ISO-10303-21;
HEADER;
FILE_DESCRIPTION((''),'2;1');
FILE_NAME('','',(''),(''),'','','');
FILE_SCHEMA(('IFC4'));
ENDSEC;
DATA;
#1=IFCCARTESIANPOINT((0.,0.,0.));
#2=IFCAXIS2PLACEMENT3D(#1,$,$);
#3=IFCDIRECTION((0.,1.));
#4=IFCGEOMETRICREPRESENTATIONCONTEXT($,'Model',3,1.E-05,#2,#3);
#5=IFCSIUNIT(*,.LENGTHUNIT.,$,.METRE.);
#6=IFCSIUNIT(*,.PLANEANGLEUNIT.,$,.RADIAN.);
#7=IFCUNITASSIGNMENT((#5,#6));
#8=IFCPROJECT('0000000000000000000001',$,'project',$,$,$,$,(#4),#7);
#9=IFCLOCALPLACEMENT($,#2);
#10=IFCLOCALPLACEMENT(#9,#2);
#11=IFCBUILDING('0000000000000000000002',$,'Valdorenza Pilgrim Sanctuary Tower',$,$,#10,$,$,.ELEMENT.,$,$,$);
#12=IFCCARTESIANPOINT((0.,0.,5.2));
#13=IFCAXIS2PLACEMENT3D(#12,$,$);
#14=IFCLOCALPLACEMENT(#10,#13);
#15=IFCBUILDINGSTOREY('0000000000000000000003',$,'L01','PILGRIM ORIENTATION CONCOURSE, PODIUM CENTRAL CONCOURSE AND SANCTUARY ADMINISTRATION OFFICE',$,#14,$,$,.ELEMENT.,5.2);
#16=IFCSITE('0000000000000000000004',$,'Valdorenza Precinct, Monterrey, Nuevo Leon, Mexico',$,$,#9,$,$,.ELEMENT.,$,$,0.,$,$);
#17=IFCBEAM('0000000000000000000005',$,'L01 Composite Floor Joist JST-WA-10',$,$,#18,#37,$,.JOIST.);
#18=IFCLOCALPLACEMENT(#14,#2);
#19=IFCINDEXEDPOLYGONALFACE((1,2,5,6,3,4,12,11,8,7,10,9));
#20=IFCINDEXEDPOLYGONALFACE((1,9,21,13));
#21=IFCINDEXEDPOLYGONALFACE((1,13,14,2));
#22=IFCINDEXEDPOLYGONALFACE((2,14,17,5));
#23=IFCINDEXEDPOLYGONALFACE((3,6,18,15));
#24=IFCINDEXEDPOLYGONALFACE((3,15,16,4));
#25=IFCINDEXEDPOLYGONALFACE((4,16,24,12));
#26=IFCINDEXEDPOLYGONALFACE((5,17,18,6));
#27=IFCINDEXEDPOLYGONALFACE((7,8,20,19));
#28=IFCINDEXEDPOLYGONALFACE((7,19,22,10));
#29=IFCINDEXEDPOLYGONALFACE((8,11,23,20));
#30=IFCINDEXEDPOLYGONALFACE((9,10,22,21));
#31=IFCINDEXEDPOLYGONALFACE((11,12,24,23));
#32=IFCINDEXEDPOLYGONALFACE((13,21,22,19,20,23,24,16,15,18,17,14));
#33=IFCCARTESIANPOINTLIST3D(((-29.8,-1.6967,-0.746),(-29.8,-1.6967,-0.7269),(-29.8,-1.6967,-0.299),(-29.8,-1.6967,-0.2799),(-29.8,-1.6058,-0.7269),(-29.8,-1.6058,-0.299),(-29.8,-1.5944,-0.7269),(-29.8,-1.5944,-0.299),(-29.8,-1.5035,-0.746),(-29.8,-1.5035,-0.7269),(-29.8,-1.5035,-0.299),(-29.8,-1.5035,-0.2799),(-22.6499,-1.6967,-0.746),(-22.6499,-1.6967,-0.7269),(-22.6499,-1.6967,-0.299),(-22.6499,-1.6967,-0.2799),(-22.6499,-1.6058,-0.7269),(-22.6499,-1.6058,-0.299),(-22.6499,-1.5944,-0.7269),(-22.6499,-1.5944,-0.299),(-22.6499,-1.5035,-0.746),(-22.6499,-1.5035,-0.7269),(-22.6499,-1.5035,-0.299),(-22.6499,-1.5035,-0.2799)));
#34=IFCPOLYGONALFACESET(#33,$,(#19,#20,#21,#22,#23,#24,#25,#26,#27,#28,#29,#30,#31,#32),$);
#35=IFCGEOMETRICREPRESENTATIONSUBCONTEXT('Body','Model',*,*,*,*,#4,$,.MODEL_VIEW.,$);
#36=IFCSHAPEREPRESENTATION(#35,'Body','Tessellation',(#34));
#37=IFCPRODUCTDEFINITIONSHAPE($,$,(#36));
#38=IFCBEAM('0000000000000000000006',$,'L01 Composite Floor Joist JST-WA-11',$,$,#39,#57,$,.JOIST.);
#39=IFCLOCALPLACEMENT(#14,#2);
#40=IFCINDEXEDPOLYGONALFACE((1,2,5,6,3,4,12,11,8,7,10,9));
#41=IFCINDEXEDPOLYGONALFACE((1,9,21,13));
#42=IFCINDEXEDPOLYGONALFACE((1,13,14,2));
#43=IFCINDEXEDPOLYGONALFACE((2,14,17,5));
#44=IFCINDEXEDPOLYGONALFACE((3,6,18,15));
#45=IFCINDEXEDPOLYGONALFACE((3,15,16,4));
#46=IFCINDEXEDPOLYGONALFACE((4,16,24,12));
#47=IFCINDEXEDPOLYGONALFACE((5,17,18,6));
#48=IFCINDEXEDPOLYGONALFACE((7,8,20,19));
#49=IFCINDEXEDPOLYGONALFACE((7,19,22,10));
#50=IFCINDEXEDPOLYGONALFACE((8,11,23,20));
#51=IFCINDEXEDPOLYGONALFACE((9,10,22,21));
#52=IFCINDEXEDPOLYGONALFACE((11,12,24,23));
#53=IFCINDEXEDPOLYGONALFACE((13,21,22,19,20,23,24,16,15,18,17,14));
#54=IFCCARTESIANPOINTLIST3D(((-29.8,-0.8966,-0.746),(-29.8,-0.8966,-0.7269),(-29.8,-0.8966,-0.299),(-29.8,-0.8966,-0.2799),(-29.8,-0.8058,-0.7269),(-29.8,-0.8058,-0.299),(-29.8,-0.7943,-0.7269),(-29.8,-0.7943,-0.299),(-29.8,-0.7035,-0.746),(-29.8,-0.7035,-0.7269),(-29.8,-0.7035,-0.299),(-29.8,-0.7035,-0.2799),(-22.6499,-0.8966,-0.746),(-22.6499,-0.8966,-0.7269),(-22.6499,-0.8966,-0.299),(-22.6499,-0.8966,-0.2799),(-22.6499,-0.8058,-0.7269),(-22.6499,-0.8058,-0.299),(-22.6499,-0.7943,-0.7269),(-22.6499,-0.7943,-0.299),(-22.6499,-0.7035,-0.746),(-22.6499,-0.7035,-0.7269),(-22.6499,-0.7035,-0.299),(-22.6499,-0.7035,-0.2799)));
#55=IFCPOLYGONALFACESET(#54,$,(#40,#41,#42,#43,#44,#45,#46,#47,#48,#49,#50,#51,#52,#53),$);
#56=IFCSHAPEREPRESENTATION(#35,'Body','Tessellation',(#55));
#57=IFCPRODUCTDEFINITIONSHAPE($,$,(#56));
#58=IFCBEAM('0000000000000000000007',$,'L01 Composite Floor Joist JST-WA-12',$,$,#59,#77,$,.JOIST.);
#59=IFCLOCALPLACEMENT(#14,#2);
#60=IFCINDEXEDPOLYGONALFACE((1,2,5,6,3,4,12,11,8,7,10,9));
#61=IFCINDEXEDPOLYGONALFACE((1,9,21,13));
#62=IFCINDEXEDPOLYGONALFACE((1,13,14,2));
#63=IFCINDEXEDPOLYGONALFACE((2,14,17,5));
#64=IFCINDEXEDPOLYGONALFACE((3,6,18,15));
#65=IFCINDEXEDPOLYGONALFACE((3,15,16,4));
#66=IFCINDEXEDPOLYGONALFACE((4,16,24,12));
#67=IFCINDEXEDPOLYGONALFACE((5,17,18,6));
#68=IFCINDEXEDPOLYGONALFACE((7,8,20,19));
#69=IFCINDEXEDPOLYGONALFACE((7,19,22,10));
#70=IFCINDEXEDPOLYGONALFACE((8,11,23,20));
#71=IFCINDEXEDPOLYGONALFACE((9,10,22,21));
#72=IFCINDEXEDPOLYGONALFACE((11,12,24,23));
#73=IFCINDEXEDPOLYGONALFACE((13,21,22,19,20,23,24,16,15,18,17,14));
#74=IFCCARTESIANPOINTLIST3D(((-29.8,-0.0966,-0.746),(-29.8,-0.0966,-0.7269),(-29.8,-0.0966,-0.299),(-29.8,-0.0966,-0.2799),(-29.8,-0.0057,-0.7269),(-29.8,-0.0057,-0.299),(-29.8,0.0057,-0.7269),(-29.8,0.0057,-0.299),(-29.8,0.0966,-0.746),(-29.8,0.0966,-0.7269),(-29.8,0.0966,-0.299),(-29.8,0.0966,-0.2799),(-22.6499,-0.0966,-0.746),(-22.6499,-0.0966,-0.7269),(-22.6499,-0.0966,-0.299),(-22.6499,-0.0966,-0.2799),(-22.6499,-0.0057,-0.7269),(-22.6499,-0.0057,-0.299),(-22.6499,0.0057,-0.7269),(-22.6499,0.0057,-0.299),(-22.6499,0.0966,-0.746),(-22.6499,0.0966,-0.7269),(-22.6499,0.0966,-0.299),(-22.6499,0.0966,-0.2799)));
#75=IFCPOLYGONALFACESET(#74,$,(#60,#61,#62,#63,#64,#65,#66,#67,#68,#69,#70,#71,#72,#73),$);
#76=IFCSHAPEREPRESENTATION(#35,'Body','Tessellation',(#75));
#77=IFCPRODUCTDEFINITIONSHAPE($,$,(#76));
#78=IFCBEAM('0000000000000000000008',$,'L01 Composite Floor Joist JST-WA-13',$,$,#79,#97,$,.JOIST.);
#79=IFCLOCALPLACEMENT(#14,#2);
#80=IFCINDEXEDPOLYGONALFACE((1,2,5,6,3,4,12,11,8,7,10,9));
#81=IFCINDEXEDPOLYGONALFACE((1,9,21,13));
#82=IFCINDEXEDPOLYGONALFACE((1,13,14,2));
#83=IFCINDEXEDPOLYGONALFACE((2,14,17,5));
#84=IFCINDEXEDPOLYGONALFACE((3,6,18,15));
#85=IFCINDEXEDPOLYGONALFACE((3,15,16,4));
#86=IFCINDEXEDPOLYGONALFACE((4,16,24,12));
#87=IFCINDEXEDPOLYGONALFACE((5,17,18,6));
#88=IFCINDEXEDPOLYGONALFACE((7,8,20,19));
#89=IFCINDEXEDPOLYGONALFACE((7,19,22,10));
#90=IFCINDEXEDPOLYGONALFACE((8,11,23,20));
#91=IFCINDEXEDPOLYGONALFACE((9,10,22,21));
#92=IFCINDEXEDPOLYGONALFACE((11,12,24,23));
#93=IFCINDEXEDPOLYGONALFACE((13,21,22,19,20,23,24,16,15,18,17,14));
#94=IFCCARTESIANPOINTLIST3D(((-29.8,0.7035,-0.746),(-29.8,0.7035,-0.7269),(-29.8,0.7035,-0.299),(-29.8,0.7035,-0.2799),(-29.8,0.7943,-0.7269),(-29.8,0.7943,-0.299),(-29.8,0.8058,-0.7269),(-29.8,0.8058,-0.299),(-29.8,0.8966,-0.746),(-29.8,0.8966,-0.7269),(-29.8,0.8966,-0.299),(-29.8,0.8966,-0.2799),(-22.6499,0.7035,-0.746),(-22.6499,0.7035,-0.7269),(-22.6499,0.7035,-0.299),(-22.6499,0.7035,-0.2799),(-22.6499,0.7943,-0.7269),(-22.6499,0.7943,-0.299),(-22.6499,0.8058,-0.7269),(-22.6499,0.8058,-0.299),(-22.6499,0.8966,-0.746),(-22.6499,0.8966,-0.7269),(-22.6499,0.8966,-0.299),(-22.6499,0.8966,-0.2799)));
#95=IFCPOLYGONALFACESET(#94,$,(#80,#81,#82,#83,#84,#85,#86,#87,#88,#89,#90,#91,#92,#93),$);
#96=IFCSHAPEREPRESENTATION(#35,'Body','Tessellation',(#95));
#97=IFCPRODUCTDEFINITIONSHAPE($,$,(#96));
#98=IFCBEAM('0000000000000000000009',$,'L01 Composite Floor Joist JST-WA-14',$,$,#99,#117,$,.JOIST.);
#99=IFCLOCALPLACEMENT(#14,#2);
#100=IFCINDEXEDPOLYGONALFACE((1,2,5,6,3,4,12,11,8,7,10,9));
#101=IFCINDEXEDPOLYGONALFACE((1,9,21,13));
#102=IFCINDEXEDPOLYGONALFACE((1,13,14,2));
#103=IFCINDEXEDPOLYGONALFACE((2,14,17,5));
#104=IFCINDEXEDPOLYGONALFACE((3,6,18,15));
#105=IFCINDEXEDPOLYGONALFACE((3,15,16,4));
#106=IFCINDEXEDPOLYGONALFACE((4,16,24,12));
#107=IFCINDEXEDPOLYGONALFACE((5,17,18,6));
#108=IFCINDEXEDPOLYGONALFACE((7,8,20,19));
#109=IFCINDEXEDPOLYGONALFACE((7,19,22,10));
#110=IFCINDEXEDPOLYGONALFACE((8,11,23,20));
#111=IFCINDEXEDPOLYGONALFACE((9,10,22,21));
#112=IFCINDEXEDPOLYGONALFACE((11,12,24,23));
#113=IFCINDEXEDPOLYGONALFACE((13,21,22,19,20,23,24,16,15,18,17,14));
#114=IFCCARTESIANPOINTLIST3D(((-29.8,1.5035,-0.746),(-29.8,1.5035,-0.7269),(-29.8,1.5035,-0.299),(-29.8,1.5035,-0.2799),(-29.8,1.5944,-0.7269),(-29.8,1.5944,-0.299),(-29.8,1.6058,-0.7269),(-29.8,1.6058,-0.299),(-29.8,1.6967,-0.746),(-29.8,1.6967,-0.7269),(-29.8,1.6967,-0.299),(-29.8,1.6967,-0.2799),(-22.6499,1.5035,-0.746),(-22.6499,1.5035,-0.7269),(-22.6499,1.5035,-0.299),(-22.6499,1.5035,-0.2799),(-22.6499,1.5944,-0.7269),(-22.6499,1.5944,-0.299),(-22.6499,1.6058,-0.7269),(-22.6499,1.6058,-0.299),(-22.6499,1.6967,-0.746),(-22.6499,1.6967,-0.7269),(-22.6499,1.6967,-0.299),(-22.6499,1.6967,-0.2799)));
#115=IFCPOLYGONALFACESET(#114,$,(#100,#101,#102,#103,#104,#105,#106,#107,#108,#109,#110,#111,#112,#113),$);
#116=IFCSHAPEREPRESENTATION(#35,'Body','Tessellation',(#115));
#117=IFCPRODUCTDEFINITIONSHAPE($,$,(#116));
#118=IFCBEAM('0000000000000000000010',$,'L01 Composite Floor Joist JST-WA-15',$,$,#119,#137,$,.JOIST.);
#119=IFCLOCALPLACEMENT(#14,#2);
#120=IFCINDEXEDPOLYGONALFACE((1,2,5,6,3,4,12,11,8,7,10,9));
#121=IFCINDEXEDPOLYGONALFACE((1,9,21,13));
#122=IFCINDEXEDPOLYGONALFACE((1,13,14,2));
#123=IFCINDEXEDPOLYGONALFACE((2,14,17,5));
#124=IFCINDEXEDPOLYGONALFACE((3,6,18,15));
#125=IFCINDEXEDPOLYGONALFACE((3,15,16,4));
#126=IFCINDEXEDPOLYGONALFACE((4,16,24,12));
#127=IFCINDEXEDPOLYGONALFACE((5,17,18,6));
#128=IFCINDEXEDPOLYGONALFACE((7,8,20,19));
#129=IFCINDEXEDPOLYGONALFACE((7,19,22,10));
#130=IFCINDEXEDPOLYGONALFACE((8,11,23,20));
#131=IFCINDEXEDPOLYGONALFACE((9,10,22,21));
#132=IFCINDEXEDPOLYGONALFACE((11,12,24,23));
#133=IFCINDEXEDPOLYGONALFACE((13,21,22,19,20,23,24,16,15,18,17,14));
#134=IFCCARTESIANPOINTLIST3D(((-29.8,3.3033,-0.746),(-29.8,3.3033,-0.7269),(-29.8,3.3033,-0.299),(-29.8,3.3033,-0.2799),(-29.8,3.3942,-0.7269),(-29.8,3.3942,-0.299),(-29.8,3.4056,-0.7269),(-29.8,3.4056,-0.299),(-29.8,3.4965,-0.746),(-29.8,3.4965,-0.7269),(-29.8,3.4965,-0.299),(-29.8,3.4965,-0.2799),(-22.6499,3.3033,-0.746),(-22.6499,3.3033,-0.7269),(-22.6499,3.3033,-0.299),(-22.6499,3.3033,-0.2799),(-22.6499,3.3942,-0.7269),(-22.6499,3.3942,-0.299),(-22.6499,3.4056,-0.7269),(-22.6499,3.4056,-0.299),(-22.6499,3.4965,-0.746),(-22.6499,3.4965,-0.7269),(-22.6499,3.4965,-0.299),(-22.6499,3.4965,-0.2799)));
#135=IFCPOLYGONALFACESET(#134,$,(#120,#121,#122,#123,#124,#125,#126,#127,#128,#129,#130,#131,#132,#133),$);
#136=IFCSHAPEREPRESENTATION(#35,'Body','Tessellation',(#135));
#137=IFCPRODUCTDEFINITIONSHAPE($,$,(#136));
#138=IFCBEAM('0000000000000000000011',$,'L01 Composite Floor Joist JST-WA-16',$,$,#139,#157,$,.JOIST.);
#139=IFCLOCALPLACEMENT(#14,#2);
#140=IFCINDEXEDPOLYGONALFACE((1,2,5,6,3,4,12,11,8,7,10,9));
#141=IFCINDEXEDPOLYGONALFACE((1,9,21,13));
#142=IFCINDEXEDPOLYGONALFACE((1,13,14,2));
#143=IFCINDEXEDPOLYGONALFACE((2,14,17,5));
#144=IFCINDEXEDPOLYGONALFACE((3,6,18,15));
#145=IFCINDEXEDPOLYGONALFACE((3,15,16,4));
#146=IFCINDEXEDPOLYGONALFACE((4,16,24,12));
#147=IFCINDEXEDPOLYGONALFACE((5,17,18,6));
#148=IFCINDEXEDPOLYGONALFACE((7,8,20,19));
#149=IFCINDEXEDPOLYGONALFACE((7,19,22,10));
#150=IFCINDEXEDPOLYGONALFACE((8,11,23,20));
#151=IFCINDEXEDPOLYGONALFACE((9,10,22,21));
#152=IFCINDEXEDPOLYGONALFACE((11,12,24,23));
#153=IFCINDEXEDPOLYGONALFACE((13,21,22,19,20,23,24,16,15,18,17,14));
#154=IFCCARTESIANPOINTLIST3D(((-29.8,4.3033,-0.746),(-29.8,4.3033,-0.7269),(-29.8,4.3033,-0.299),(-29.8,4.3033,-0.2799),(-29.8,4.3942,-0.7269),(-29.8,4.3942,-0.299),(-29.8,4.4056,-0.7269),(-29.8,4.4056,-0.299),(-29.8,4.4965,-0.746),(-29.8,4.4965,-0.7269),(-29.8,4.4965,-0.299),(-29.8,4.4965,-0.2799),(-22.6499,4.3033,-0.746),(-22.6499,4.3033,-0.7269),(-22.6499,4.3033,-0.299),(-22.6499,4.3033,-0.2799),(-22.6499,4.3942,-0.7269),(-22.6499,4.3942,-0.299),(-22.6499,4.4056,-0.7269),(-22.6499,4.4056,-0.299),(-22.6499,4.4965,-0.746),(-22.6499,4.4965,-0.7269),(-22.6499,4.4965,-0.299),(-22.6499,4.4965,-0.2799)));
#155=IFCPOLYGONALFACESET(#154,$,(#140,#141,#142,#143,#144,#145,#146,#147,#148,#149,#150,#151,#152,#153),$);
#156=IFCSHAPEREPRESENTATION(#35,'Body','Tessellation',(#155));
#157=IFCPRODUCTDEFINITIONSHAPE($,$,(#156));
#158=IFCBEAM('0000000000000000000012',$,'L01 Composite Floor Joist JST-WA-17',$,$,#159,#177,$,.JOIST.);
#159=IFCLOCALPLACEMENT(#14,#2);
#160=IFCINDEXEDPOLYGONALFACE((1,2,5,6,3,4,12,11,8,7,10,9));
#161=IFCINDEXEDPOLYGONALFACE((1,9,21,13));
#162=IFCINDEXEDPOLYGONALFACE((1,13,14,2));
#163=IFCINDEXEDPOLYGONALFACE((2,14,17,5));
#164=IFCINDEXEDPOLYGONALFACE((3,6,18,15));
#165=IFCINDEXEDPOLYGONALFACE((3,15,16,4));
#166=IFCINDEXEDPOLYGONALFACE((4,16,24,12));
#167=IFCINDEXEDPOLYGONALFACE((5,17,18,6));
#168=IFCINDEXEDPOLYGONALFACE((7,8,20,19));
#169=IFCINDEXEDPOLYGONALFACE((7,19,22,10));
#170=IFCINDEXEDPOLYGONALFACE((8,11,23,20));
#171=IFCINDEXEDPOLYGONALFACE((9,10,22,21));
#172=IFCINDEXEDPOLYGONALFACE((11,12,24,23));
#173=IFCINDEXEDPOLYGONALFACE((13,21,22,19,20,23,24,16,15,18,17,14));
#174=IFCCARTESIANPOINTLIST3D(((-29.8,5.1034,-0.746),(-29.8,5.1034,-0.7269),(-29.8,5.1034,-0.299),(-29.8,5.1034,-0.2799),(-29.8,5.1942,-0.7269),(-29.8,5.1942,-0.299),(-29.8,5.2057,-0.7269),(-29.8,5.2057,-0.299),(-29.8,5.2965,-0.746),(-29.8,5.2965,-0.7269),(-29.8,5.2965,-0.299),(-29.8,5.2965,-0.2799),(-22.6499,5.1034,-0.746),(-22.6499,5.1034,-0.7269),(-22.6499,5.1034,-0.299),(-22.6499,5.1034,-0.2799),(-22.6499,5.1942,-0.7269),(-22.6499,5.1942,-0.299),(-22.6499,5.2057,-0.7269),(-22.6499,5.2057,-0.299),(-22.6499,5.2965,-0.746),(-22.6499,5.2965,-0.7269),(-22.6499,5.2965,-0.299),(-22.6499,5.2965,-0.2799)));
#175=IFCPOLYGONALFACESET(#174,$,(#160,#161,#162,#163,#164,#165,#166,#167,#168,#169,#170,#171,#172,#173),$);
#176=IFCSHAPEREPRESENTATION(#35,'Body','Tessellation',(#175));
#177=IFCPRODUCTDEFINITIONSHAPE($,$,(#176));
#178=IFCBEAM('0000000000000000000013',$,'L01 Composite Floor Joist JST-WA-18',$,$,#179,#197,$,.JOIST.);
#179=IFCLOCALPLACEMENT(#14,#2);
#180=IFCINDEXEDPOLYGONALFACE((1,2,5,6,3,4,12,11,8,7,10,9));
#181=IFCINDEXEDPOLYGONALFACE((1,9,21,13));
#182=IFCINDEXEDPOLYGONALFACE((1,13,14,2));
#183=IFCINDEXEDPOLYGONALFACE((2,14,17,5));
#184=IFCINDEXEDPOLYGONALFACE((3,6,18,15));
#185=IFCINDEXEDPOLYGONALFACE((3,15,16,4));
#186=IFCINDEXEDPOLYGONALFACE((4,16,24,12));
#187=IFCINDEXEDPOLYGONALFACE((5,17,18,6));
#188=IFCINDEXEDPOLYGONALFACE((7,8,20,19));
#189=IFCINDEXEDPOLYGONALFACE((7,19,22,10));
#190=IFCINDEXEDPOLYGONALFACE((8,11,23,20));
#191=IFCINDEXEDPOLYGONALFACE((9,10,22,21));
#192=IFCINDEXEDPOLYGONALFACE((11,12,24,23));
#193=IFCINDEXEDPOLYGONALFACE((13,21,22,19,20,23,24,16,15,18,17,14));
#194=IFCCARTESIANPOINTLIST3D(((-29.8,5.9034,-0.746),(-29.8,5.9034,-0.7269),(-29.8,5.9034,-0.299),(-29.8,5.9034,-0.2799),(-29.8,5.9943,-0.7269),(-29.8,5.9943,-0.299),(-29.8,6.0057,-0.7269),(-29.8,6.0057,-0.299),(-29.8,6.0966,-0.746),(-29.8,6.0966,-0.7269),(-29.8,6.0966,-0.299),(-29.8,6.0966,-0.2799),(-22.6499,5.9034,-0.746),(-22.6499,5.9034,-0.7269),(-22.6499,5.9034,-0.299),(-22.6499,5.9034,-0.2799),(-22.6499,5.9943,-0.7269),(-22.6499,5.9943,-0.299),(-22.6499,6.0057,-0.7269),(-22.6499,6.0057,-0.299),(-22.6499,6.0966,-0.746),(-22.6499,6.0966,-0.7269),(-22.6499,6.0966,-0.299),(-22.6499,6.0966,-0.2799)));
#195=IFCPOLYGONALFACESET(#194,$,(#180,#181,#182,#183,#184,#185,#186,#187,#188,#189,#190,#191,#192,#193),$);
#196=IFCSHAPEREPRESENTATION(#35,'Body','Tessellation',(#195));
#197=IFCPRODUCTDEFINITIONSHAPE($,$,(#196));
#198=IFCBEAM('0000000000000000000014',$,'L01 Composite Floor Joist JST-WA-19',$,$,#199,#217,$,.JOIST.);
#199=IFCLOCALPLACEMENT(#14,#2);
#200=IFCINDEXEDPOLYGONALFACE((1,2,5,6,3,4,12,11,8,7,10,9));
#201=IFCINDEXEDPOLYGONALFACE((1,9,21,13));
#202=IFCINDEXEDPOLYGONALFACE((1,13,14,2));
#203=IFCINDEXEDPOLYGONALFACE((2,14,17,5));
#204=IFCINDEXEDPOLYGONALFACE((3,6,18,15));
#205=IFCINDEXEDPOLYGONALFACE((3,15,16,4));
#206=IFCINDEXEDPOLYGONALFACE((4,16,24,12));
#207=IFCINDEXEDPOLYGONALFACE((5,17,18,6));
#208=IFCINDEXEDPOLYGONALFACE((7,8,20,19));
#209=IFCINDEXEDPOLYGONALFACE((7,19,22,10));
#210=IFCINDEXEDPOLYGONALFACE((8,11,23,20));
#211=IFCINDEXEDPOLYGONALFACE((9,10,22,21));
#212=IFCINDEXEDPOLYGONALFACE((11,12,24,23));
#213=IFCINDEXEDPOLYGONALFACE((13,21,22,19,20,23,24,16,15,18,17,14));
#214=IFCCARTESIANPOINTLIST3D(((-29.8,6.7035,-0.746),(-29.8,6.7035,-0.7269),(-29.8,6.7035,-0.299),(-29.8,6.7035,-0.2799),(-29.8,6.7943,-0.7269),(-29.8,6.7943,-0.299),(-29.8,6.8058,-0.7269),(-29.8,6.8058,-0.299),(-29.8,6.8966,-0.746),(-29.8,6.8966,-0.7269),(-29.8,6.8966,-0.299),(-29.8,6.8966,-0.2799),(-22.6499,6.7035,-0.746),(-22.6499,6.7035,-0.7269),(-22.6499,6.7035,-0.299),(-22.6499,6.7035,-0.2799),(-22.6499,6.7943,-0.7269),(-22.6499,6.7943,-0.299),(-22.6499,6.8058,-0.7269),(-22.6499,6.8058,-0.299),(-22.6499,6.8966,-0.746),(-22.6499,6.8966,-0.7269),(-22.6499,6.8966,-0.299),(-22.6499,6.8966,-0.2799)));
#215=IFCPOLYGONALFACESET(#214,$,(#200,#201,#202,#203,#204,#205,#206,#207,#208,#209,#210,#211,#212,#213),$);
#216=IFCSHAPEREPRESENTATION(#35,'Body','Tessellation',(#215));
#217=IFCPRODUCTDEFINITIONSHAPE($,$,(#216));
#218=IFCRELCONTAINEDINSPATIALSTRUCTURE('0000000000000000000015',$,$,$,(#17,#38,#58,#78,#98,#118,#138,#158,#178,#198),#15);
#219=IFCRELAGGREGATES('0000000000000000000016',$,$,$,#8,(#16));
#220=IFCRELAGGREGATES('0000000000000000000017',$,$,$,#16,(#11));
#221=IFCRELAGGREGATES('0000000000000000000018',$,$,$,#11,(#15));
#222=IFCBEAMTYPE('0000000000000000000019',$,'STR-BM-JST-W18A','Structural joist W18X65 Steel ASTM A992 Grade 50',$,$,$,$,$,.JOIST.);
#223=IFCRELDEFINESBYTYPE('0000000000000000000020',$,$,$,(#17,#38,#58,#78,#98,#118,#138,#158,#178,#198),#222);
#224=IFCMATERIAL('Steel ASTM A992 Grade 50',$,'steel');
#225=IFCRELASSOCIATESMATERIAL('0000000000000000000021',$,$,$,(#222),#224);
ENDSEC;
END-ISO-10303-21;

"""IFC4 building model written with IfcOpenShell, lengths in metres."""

from ifc_helpers import new_model, si_unit, direction, frame, origin, origin_2d, place, context, subcontext, project, spatial, i_section, extrude, source, transform, mapped, material, material_profile, profile_set, type_object, element, save


model = new_model("IFC4")

# Units and contexts
model_context = context("Model", 3, precision=1e-05, world=origin(), true_north=direction((0.0, 1.0)))
body_context = subcontext(model_context, "Body", "Model", "MODEL_VIEW")
ifc_project = project(units=[si_unit("LENGTHUNIT", "METRE"), si_unit("PLANEANGLEUNIT", "RADIAN")], contexts=[model_context])

# Site, building, storey
site_placement = place(None, origin())
site = spatial("IfcSite", under=ifc_project, at=site_placement, Name="Valdorenza Precinct, Monterrey, Nuevo Leon, Mexico", CompositionType="ELEMENT", RefElevation=0.0)
building_placement = place(site_placement, origin())
building = spatial("IfcBuilding", under=site, at=building_placement, Name="Valdorenza Pilgrim Sanctuary Tower", CompositionType="ELEMENT")
storey_placement = place(building_placement, frame((0.0, 0.0, 5.2)))
storey = spatial("IfcBuildingStorey", under=building, at=storey_placement, Name="L01", Description="PILGRIM ORIENTATION CONCOURSE, PODIUM CENTRAL CONCOURSE AND SANCTUARY ADMINISTRATION OFFICE", CompositionType="ELEMENT", Elevation=5.2)

# Beams
ifc_material_1 = material(Name="Steel ASTM A992 Grade 50", Category="steel")
ifc_material_profile_1 = material_profile(ifc_material_1, i_section(OverallWidth=0.1931, OverallDepth=0.4661, WebThickness=0.0115, FlangeThickness=0.019, at=origin_2d()), Name="W18X65")
ifc_profile_set_1 = profile_set([ifc_material_profile_1], Name="Steel ASTM A992 Grade 50")
beam_type = type_object("IfcBeamType", Name="STR-BM-JST-W18A", Description="Structural joist W18X65 Steel ASTM A992 Grade 50", PredefinedType="JOIST", material=ifc_profile_set_1)
shared_shape_1 = source(origin(), body_context, "Body", "SweptSolid", [
    extrude(i_section(OverallWidth=0.1931, OverallDepth=0.4661, WebThickness=0.0115, FlangeThickness=0.019, at=origin_2d()), origin(), (0.0, 0.0, 1.0), 7.1501),
])
for number, where, z_axis, x_axis, name in (
    (1, (-29.8, -1.6001, -0.5129), (1.0, 0.0, 0.0), (0.0, 1.0, 0.0), "L01 Composite Floor Joist JST-WA-10"),
    (2, (-29.8, -0.8, -0.5129), (1.0, 0.0, 0.0), (0.0, 1.0, 0.0), "L01 Composite Floor Joist JST-WA-11"),
    (3, (-29.8, 0.0, -0.5129), (1.0, 0.0, 0.0), (0.0, 1.0, 0.0), "L01 Composite Floor Joist JST-WA-12"),
    (4, (-29.8, 0.8, -0.5129), (1.0, 0.0, 0.0), (0.0, 1.0, 0.0), "L01 Composite Floor Joist JST-WA-13"),
    (5, (-29.8, 1.6001, -0.5129), (1.0, 0.0, 0.0), (0.0, 1.0, 0.0), "L01 Composite Floor Joist JST-WA-14"),
    (6, (-29.8, 3.3999, -0.5129), (1.0, 0.0, 0.0), (0.0, 1.0, 0.0), "L01 Composite Floor Joist JST-WA-15"),
    (7, (-29.8, 4.3999, -0.5129), (1.0, 0.0, 0.0), (0.0, 1.0, 0.0), "L01 Composite Floor Joist JST-WA-16"),
    (8, (-29.8, 5.2, -0.5129), (1.0, 0.0, 0.0), (0.0, 1.0, 0.0), "L01 Composite Floor Joist JST-WA-17"),
    (9, (-29.8, 6.0, -0.5129), (1.0, 0.0, 0.0), (0.0, 1.0, 0.0), "L01 Composite Floor Joist JST-WA-18"),
    (10, (-29.8, 6.8, -0.5129), (1.0, 0.0, 0.0), (0.0, 1.0, 0.0), "L01 Composite Floor Joist JST-WA-19"),
):
    element("IfcBeam", number, at=place(storey_placement, frame(where, z_axis=z_axis, x_axis=x_axis)), inside=storey, type_object=beam_type, Name=name, PredefinedType="JOIST", context=body_context, shape_type="MappedRepresentation", body=[
        mapped(shared_shape_1, transform((0.0, 0.0, 0.0), x_axis=(1.0, 0.0, 0.0), y_axis=(0.0, 1.0, 0.0), z_axis=(0.0, 0.0, 1.0), scale=1.0)),
    ])

save(model, "model.ifc")
